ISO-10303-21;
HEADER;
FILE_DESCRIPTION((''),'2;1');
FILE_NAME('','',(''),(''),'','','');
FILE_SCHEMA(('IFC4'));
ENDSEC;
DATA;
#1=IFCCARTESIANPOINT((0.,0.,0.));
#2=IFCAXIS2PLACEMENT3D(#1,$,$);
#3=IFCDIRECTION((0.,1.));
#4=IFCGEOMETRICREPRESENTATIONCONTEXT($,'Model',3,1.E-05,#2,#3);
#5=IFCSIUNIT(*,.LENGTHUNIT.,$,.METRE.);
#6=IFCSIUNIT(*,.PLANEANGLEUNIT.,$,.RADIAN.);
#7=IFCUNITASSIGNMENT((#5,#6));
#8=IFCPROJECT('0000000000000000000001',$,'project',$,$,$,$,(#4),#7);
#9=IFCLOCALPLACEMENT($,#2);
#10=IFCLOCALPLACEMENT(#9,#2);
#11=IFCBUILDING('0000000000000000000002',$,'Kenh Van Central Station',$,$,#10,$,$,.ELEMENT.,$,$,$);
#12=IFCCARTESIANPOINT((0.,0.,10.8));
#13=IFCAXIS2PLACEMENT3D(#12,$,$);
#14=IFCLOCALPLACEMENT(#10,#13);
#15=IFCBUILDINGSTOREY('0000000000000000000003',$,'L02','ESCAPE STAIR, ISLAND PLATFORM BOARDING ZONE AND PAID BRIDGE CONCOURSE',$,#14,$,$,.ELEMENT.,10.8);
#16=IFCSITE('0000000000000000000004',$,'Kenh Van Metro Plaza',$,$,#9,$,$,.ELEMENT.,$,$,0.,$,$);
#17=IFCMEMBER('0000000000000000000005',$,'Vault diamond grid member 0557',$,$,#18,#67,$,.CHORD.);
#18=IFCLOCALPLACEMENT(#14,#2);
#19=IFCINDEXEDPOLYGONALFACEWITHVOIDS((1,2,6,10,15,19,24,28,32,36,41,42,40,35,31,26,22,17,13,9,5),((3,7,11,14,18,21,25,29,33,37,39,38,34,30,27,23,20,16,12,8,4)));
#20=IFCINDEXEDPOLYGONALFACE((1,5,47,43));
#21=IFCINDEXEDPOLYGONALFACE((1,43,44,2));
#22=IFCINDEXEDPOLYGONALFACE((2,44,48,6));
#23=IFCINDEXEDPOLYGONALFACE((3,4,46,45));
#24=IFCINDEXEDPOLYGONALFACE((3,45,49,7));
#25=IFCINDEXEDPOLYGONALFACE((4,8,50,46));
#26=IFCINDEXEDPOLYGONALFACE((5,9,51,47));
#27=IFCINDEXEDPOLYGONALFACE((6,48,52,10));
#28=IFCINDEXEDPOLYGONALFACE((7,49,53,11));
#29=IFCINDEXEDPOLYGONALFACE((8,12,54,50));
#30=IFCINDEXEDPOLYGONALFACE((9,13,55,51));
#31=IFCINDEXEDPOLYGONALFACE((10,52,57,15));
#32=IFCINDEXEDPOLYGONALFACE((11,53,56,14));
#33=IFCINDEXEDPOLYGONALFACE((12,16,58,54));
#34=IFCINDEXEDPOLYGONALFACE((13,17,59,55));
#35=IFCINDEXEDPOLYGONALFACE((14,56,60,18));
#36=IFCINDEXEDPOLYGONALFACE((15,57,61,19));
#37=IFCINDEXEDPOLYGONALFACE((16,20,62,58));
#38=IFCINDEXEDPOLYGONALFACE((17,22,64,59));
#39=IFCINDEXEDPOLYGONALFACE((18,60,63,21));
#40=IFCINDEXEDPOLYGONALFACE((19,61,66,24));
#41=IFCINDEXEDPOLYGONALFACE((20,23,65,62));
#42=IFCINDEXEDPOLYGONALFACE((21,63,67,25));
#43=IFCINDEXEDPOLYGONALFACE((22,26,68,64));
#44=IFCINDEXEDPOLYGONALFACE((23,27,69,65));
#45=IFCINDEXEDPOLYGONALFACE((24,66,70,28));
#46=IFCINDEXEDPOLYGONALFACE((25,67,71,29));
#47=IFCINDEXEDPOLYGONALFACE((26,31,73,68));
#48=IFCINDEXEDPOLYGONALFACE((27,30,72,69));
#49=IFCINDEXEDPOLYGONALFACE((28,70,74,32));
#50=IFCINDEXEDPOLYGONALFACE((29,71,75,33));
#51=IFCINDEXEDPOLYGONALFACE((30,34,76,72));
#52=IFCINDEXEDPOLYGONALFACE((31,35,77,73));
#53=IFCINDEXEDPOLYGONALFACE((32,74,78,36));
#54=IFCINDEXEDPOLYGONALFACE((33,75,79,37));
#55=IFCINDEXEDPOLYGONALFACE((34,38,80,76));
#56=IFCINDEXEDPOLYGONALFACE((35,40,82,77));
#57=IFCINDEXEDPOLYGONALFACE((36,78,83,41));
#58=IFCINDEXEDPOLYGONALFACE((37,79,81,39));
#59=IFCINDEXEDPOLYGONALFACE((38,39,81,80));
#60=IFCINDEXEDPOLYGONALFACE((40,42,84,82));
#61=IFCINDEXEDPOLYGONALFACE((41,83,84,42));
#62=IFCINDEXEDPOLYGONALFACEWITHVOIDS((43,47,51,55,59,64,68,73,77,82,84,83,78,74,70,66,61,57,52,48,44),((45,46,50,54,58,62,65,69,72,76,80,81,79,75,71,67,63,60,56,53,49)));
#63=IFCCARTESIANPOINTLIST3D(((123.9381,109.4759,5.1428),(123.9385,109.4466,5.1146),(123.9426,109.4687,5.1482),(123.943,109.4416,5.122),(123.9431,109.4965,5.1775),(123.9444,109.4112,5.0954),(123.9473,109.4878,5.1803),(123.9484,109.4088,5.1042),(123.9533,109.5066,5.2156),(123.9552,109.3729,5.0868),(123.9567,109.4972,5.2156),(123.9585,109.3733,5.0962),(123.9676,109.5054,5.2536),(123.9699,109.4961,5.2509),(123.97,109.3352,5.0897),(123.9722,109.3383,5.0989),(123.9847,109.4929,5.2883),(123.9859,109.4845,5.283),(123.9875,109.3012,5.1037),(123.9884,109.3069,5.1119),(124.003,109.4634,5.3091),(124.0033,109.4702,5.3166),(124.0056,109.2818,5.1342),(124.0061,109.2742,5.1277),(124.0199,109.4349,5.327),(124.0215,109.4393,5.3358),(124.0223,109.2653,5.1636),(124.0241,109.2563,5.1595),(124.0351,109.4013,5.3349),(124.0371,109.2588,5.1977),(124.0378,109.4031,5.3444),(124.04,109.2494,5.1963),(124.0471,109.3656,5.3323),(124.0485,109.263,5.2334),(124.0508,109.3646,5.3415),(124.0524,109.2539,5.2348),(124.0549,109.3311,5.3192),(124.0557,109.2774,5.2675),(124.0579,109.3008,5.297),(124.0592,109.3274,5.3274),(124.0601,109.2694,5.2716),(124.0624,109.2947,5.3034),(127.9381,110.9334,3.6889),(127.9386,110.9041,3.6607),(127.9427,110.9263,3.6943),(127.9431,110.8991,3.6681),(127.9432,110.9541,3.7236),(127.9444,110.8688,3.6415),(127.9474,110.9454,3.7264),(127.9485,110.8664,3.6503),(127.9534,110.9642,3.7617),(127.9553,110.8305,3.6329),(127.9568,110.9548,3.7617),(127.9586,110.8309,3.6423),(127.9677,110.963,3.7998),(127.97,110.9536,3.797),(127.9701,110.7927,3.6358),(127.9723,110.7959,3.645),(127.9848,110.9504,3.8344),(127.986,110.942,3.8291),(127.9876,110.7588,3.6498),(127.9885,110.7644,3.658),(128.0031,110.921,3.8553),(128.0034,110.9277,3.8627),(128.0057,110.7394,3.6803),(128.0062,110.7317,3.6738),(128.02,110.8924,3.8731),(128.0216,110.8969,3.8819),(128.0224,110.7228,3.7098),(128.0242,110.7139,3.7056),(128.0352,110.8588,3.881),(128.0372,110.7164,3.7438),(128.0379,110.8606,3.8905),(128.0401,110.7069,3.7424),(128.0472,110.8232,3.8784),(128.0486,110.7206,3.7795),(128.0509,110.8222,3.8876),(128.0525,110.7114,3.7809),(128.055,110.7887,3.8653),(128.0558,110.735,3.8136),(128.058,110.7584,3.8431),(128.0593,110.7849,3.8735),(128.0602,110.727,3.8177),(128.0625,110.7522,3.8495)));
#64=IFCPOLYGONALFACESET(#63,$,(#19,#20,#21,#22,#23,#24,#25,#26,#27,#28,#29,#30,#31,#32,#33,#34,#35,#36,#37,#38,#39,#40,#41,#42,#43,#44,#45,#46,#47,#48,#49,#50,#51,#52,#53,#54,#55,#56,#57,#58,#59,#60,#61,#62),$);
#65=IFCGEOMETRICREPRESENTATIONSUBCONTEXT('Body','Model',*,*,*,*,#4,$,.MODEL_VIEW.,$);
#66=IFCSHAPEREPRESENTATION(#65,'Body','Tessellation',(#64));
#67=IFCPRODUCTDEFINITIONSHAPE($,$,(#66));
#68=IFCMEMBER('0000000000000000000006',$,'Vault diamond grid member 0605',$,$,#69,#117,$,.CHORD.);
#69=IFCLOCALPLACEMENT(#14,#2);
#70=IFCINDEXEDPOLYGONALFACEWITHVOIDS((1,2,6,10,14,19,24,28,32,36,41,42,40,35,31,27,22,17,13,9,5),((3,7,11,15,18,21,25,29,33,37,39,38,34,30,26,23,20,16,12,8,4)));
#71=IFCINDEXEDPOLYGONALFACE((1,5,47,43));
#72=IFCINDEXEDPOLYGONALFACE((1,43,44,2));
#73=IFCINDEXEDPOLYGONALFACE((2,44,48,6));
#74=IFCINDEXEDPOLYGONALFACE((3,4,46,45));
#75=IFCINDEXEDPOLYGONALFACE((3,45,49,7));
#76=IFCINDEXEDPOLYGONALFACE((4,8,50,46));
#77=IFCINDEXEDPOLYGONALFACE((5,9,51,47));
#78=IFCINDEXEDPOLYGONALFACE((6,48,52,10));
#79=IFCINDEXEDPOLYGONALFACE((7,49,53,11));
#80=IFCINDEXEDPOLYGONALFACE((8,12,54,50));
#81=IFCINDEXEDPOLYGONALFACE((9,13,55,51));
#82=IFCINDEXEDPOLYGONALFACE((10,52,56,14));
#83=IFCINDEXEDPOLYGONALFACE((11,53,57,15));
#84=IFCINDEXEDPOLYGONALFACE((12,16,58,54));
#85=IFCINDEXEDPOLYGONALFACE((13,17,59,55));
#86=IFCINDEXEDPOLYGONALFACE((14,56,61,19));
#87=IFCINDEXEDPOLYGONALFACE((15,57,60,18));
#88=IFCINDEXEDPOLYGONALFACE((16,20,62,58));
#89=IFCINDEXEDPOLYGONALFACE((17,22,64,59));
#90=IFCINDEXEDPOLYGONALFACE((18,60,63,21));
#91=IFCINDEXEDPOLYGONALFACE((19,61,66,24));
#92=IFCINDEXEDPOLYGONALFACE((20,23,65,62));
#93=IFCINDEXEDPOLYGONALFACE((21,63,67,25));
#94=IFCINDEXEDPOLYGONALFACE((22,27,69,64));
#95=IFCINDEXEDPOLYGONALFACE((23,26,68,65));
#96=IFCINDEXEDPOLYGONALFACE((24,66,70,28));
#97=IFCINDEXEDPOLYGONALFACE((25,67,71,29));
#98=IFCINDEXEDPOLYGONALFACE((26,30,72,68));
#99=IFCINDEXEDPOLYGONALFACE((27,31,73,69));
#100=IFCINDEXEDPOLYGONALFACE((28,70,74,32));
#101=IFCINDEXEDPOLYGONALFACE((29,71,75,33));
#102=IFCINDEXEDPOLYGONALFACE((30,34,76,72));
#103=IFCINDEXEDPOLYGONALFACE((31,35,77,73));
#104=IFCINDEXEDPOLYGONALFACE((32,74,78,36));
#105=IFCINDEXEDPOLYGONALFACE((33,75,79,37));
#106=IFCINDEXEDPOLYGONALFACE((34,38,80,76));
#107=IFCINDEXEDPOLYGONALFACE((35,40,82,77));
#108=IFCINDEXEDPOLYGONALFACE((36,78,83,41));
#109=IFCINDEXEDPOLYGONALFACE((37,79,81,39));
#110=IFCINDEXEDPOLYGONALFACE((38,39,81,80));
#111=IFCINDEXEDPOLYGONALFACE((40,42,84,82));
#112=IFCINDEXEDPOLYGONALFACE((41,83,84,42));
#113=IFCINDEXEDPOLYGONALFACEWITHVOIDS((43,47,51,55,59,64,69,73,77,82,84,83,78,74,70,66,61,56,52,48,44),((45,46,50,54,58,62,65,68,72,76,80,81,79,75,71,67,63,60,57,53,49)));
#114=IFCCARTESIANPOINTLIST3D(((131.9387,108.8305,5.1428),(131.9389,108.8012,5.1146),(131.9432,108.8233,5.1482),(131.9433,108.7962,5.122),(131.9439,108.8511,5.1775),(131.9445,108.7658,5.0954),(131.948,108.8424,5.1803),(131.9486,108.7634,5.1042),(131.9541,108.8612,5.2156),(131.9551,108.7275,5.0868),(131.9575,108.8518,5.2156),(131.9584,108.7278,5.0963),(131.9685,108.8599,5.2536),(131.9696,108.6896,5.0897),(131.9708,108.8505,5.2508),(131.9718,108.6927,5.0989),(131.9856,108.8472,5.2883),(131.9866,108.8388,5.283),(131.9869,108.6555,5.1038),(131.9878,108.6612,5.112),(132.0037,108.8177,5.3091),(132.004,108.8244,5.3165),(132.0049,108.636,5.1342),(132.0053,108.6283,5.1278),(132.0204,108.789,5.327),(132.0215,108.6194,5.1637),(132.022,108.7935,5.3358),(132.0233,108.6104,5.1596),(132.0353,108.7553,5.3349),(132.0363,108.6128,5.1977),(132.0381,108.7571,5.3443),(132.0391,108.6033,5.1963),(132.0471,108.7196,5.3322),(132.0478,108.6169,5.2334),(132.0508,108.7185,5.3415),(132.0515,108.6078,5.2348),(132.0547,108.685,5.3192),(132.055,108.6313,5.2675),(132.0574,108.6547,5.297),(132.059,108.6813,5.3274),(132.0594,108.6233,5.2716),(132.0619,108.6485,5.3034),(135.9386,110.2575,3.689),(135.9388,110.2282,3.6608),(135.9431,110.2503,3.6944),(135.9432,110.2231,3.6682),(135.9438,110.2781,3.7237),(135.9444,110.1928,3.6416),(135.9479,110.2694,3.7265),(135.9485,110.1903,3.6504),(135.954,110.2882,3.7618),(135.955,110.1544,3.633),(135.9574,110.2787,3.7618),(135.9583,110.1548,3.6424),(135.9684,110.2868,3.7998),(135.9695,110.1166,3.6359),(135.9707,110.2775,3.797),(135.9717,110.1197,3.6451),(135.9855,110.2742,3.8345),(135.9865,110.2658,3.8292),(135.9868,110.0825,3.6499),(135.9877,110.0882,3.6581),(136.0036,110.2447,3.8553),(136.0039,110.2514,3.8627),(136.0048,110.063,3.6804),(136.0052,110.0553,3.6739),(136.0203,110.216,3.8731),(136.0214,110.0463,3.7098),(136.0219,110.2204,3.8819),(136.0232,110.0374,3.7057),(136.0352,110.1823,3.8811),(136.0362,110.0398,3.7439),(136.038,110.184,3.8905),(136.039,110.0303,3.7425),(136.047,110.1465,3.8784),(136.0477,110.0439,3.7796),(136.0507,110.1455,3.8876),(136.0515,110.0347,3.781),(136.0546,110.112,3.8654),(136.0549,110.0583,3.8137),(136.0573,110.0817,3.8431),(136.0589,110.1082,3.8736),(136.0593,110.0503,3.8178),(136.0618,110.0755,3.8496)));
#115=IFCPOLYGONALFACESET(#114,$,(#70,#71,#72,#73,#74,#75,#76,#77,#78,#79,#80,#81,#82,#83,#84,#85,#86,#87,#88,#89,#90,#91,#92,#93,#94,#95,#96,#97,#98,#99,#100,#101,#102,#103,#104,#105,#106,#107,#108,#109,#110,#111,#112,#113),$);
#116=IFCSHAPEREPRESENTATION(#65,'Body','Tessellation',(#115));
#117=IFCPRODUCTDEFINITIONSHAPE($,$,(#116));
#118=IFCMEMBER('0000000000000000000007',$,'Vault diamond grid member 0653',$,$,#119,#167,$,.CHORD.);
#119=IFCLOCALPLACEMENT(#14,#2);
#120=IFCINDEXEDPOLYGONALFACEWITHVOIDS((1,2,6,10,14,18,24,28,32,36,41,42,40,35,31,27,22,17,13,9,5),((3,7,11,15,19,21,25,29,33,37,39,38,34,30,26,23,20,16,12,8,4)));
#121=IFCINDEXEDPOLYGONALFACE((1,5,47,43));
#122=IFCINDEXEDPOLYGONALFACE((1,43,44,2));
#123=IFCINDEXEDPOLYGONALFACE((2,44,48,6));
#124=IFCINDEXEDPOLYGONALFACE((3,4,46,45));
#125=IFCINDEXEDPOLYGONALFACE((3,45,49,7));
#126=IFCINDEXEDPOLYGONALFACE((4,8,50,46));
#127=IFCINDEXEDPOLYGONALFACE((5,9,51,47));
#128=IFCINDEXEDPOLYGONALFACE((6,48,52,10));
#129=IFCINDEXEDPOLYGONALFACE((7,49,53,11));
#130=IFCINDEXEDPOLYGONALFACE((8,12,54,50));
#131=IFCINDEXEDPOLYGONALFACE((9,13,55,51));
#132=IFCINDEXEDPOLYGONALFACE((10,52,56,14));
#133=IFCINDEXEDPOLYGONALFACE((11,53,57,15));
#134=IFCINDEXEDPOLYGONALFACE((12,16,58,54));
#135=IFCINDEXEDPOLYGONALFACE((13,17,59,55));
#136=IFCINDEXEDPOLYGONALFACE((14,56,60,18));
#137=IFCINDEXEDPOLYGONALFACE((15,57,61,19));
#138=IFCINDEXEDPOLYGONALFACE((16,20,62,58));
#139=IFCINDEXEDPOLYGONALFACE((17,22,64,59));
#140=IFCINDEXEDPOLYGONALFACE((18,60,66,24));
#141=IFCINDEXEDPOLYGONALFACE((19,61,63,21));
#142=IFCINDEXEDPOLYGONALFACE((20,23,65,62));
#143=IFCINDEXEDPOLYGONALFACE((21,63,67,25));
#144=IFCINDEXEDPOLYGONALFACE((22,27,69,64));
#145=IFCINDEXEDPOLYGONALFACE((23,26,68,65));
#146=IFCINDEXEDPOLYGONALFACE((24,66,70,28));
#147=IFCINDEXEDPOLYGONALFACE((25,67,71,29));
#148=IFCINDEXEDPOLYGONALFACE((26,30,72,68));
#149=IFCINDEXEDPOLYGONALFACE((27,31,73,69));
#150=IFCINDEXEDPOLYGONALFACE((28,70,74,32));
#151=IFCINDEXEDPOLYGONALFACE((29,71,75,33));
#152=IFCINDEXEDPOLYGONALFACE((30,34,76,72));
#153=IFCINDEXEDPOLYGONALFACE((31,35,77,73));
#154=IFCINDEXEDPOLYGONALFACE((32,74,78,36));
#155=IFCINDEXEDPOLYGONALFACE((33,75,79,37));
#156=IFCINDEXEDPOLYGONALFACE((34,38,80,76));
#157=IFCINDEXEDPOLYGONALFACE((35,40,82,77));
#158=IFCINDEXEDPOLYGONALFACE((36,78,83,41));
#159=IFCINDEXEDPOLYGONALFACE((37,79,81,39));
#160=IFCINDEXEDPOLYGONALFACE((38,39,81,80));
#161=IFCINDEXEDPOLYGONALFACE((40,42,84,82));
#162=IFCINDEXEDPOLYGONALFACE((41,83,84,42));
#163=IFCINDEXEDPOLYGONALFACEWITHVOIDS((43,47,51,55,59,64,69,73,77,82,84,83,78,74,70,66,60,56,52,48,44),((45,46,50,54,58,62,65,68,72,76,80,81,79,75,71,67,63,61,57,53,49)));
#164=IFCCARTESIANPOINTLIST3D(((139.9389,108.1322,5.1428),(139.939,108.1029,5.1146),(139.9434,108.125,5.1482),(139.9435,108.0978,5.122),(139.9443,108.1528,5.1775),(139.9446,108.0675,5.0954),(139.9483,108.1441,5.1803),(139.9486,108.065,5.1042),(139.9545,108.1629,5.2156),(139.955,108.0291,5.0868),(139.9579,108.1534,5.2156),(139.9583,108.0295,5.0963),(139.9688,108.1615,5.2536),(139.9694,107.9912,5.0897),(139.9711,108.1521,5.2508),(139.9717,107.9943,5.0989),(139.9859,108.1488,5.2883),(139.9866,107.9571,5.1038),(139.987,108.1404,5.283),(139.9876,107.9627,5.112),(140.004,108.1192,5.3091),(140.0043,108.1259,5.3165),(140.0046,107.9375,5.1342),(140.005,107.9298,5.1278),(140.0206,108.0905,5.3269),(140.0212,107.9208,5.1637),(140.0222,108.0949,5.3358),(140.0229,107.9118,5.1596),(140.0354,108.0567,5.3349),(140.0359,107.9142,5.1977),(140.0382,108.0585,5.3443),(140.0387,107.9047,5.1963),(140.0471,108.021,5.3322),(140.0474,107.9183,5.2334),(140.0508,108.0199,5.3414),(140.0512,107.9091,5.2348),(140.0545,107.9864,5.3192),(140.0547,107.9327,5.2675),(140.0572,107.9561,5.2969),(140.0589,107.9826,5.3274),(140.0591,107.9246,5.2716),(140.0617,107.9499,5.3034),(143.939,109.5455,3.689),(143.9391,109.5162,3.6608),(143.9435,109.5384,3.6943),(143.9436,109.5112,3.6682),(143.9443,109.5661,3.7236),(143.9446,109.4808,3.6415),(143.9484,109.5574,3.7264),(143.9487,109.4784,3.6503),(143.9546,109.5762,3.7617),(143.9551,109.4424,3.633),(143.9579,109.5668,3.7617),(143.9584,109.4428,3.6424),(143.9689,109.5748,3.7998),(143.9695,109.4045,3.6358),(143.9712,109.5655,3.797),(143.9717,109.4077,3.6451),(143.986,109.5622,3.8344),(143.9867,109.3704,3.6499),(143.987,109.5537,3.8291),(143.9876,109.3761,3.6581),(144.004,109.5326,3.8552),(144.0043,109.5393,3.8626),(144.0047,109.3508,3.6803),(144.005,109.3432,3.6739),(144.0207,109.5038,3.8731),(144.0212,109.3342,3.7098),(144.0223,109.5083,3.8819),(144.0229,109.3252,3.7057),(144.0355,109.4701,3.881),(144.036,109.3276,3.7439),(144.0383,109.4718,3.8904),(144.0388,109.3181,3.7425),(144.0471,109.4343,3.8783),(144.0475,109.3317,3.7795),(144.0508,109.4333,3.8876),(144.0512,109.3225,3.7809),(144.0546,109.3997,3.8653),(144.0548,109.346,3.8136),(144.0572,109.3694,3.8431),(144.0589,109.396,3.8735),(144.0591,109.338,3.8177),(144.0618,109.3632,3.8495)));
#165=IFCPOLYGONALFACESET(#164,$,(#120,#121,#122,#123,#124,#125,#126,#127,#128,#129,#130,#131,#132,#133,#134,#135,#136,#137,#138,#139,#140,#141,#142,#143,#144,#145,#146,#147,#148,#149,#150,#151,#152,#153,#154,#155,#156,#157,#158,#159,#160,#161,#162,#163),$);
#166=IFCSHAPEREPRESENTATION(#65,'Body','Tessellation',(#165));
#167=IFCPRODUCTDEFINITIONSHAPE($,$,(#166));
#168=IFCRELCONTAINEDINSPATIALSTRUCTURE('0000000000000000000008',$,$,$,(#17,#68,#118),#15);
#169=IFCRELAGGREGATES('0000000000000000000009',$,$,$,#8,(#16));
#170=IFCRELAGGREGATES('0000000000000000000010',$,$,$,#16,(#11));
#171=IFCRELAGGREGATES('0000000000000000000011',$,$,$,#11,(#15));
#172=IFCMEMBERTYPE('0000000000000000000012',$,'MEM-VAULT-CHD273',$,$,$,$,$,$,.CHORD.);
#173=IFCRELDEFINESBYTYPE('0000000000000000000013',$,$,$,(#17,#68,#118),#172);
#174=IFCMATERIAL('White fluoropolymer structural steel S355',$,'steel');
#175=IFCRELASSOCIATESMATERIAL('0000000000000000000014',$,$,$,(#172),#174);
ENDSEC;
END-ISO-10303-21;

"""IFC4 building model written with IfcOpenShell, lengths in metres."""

from ifc_helpers import new_model, si_unit, direction, frame, origin, origin_2d, place, context, subcontext, project, spatial, hollow_circle, extrude, material, material_profile, profile_set, type_object, element, save


model = new_model("IFC4")

# Units and contexts
model_context = context("Model", 3, precision=1e-05, world=origin(), true_north=direction((0.0, 1.0)))
body_context = subcontext(model_context, "Body", "Model", "MODEL_VIEW")
ifc_project = project(units=[si_unit("LENGTHUNIT", "METRE"), si_unit("PLANEANGLEUNIT", "RADIAN")], contexts=[model_context])

# Site, building, storey
site_placement = place(None, origin())
site = spatial("IfcSite", under=ifc_project, at=site_placement, Name="Kenh Van Metro Plaza", CompositionType="ELEMENT", RefElevation=0.0)
building_placement = place(site_placement, origin())
building = spatial("IfcBuilding", under=site, at=building_placement, Name="Kenh Van Central Station", CompositionType="ELEMENT")
storey_placement = place(building_placement, frame((0.0, 0.0, 10.8)))
storey = spatial("IfcBuildingStorey", under=building, at=storey_placement, Name="L02", Description="ESCAPE STAIR, ISLAND PLATFORM BOARDING ZONE AND PAID BRIDGE CONCOURSE", CompositionType="ELEMENT", Elevation=10.8)

# Shared definitions
ifc_material_1 = material(Name="White fluoropolymer structural steel S355", Category="steel")

# Members
ifc_material_profile_1 = material_profile(ifc_material_1, hollow_circle(Radius=0.1365, WallThickness=0.01, at=origin_2d()), Name="CHS 273x10")
ifc_profile_set_1 = profile_set([ifc_material_profile_1], Name="White fluoropolymer structural steel S355")
member_type_1 = type_object("IfcMemberType", Name="MEM-VAULT-CHD273", PredefinedType="CHORD", material=ifc_profile_set_1)
member_1_placement = place(storey_placement, frame((124.0, 109.3784, 5.2156), z_axis=(0.889151, 0.323989, -0.323175), x_axis=(-0.34236, 0.939569, 0.0)))
element("IfcMember", 1, at=member_1_placement, inside=storey, type_object=member_type_1, Name="Vault diamond grid member 0557", PredefinedType="CHORD", context=body_context, shape_type="SweptSolid", body=[
    extrude(hollow_circle(Radius=0.1365, WallThickness=0.01, at=origin_2d()), origin(), (0.0, 0.0, 1.0), 4.4988),
])
member_2_placement = place(storey_placement, frame((132.0, 108.7327, 5.2156), z_axis=(0.891091, 0.317897, -0.32388), x_axis=(-0.336009, 0.941859, 0.0)))
element("IfcMember", 2, at=member_2_placement, inside=storey, type_object=member_type_1, Name="Vault diamond grid member 0605", PredefinedType="CHORD", context=body_context, shape_type="SweptSolid", body=[
    extrude(hollow_circle(Radius=0.1365, WallThickness=0.01, at=origin_2d()), origin(), (0.0, 0.0, 1.0), 4.4888),
])
member_3_placement = place(storey_placement, frame((140.0, 108.0342, 5.2156), z_axis=(0.891951, 0.315155, -0.324192), x_axis=(-0.333148, 0.942874, 0.0)))
element("IfcMember", 3, at=member_3_placement, inside=storey, type_object=member_type_1, Name="Vault diamond grid member 0653", PredefinedType="CHORD", context=body_context, shape_type="SweptSolid", body=[
    extrude(hollow_circle(Radius=0.1365, WallThickness=0.01, at=origin_2d()), origin(), (0.0, 0.0, 1.0), 4.4846),
])

save(model, "model.ifc")
